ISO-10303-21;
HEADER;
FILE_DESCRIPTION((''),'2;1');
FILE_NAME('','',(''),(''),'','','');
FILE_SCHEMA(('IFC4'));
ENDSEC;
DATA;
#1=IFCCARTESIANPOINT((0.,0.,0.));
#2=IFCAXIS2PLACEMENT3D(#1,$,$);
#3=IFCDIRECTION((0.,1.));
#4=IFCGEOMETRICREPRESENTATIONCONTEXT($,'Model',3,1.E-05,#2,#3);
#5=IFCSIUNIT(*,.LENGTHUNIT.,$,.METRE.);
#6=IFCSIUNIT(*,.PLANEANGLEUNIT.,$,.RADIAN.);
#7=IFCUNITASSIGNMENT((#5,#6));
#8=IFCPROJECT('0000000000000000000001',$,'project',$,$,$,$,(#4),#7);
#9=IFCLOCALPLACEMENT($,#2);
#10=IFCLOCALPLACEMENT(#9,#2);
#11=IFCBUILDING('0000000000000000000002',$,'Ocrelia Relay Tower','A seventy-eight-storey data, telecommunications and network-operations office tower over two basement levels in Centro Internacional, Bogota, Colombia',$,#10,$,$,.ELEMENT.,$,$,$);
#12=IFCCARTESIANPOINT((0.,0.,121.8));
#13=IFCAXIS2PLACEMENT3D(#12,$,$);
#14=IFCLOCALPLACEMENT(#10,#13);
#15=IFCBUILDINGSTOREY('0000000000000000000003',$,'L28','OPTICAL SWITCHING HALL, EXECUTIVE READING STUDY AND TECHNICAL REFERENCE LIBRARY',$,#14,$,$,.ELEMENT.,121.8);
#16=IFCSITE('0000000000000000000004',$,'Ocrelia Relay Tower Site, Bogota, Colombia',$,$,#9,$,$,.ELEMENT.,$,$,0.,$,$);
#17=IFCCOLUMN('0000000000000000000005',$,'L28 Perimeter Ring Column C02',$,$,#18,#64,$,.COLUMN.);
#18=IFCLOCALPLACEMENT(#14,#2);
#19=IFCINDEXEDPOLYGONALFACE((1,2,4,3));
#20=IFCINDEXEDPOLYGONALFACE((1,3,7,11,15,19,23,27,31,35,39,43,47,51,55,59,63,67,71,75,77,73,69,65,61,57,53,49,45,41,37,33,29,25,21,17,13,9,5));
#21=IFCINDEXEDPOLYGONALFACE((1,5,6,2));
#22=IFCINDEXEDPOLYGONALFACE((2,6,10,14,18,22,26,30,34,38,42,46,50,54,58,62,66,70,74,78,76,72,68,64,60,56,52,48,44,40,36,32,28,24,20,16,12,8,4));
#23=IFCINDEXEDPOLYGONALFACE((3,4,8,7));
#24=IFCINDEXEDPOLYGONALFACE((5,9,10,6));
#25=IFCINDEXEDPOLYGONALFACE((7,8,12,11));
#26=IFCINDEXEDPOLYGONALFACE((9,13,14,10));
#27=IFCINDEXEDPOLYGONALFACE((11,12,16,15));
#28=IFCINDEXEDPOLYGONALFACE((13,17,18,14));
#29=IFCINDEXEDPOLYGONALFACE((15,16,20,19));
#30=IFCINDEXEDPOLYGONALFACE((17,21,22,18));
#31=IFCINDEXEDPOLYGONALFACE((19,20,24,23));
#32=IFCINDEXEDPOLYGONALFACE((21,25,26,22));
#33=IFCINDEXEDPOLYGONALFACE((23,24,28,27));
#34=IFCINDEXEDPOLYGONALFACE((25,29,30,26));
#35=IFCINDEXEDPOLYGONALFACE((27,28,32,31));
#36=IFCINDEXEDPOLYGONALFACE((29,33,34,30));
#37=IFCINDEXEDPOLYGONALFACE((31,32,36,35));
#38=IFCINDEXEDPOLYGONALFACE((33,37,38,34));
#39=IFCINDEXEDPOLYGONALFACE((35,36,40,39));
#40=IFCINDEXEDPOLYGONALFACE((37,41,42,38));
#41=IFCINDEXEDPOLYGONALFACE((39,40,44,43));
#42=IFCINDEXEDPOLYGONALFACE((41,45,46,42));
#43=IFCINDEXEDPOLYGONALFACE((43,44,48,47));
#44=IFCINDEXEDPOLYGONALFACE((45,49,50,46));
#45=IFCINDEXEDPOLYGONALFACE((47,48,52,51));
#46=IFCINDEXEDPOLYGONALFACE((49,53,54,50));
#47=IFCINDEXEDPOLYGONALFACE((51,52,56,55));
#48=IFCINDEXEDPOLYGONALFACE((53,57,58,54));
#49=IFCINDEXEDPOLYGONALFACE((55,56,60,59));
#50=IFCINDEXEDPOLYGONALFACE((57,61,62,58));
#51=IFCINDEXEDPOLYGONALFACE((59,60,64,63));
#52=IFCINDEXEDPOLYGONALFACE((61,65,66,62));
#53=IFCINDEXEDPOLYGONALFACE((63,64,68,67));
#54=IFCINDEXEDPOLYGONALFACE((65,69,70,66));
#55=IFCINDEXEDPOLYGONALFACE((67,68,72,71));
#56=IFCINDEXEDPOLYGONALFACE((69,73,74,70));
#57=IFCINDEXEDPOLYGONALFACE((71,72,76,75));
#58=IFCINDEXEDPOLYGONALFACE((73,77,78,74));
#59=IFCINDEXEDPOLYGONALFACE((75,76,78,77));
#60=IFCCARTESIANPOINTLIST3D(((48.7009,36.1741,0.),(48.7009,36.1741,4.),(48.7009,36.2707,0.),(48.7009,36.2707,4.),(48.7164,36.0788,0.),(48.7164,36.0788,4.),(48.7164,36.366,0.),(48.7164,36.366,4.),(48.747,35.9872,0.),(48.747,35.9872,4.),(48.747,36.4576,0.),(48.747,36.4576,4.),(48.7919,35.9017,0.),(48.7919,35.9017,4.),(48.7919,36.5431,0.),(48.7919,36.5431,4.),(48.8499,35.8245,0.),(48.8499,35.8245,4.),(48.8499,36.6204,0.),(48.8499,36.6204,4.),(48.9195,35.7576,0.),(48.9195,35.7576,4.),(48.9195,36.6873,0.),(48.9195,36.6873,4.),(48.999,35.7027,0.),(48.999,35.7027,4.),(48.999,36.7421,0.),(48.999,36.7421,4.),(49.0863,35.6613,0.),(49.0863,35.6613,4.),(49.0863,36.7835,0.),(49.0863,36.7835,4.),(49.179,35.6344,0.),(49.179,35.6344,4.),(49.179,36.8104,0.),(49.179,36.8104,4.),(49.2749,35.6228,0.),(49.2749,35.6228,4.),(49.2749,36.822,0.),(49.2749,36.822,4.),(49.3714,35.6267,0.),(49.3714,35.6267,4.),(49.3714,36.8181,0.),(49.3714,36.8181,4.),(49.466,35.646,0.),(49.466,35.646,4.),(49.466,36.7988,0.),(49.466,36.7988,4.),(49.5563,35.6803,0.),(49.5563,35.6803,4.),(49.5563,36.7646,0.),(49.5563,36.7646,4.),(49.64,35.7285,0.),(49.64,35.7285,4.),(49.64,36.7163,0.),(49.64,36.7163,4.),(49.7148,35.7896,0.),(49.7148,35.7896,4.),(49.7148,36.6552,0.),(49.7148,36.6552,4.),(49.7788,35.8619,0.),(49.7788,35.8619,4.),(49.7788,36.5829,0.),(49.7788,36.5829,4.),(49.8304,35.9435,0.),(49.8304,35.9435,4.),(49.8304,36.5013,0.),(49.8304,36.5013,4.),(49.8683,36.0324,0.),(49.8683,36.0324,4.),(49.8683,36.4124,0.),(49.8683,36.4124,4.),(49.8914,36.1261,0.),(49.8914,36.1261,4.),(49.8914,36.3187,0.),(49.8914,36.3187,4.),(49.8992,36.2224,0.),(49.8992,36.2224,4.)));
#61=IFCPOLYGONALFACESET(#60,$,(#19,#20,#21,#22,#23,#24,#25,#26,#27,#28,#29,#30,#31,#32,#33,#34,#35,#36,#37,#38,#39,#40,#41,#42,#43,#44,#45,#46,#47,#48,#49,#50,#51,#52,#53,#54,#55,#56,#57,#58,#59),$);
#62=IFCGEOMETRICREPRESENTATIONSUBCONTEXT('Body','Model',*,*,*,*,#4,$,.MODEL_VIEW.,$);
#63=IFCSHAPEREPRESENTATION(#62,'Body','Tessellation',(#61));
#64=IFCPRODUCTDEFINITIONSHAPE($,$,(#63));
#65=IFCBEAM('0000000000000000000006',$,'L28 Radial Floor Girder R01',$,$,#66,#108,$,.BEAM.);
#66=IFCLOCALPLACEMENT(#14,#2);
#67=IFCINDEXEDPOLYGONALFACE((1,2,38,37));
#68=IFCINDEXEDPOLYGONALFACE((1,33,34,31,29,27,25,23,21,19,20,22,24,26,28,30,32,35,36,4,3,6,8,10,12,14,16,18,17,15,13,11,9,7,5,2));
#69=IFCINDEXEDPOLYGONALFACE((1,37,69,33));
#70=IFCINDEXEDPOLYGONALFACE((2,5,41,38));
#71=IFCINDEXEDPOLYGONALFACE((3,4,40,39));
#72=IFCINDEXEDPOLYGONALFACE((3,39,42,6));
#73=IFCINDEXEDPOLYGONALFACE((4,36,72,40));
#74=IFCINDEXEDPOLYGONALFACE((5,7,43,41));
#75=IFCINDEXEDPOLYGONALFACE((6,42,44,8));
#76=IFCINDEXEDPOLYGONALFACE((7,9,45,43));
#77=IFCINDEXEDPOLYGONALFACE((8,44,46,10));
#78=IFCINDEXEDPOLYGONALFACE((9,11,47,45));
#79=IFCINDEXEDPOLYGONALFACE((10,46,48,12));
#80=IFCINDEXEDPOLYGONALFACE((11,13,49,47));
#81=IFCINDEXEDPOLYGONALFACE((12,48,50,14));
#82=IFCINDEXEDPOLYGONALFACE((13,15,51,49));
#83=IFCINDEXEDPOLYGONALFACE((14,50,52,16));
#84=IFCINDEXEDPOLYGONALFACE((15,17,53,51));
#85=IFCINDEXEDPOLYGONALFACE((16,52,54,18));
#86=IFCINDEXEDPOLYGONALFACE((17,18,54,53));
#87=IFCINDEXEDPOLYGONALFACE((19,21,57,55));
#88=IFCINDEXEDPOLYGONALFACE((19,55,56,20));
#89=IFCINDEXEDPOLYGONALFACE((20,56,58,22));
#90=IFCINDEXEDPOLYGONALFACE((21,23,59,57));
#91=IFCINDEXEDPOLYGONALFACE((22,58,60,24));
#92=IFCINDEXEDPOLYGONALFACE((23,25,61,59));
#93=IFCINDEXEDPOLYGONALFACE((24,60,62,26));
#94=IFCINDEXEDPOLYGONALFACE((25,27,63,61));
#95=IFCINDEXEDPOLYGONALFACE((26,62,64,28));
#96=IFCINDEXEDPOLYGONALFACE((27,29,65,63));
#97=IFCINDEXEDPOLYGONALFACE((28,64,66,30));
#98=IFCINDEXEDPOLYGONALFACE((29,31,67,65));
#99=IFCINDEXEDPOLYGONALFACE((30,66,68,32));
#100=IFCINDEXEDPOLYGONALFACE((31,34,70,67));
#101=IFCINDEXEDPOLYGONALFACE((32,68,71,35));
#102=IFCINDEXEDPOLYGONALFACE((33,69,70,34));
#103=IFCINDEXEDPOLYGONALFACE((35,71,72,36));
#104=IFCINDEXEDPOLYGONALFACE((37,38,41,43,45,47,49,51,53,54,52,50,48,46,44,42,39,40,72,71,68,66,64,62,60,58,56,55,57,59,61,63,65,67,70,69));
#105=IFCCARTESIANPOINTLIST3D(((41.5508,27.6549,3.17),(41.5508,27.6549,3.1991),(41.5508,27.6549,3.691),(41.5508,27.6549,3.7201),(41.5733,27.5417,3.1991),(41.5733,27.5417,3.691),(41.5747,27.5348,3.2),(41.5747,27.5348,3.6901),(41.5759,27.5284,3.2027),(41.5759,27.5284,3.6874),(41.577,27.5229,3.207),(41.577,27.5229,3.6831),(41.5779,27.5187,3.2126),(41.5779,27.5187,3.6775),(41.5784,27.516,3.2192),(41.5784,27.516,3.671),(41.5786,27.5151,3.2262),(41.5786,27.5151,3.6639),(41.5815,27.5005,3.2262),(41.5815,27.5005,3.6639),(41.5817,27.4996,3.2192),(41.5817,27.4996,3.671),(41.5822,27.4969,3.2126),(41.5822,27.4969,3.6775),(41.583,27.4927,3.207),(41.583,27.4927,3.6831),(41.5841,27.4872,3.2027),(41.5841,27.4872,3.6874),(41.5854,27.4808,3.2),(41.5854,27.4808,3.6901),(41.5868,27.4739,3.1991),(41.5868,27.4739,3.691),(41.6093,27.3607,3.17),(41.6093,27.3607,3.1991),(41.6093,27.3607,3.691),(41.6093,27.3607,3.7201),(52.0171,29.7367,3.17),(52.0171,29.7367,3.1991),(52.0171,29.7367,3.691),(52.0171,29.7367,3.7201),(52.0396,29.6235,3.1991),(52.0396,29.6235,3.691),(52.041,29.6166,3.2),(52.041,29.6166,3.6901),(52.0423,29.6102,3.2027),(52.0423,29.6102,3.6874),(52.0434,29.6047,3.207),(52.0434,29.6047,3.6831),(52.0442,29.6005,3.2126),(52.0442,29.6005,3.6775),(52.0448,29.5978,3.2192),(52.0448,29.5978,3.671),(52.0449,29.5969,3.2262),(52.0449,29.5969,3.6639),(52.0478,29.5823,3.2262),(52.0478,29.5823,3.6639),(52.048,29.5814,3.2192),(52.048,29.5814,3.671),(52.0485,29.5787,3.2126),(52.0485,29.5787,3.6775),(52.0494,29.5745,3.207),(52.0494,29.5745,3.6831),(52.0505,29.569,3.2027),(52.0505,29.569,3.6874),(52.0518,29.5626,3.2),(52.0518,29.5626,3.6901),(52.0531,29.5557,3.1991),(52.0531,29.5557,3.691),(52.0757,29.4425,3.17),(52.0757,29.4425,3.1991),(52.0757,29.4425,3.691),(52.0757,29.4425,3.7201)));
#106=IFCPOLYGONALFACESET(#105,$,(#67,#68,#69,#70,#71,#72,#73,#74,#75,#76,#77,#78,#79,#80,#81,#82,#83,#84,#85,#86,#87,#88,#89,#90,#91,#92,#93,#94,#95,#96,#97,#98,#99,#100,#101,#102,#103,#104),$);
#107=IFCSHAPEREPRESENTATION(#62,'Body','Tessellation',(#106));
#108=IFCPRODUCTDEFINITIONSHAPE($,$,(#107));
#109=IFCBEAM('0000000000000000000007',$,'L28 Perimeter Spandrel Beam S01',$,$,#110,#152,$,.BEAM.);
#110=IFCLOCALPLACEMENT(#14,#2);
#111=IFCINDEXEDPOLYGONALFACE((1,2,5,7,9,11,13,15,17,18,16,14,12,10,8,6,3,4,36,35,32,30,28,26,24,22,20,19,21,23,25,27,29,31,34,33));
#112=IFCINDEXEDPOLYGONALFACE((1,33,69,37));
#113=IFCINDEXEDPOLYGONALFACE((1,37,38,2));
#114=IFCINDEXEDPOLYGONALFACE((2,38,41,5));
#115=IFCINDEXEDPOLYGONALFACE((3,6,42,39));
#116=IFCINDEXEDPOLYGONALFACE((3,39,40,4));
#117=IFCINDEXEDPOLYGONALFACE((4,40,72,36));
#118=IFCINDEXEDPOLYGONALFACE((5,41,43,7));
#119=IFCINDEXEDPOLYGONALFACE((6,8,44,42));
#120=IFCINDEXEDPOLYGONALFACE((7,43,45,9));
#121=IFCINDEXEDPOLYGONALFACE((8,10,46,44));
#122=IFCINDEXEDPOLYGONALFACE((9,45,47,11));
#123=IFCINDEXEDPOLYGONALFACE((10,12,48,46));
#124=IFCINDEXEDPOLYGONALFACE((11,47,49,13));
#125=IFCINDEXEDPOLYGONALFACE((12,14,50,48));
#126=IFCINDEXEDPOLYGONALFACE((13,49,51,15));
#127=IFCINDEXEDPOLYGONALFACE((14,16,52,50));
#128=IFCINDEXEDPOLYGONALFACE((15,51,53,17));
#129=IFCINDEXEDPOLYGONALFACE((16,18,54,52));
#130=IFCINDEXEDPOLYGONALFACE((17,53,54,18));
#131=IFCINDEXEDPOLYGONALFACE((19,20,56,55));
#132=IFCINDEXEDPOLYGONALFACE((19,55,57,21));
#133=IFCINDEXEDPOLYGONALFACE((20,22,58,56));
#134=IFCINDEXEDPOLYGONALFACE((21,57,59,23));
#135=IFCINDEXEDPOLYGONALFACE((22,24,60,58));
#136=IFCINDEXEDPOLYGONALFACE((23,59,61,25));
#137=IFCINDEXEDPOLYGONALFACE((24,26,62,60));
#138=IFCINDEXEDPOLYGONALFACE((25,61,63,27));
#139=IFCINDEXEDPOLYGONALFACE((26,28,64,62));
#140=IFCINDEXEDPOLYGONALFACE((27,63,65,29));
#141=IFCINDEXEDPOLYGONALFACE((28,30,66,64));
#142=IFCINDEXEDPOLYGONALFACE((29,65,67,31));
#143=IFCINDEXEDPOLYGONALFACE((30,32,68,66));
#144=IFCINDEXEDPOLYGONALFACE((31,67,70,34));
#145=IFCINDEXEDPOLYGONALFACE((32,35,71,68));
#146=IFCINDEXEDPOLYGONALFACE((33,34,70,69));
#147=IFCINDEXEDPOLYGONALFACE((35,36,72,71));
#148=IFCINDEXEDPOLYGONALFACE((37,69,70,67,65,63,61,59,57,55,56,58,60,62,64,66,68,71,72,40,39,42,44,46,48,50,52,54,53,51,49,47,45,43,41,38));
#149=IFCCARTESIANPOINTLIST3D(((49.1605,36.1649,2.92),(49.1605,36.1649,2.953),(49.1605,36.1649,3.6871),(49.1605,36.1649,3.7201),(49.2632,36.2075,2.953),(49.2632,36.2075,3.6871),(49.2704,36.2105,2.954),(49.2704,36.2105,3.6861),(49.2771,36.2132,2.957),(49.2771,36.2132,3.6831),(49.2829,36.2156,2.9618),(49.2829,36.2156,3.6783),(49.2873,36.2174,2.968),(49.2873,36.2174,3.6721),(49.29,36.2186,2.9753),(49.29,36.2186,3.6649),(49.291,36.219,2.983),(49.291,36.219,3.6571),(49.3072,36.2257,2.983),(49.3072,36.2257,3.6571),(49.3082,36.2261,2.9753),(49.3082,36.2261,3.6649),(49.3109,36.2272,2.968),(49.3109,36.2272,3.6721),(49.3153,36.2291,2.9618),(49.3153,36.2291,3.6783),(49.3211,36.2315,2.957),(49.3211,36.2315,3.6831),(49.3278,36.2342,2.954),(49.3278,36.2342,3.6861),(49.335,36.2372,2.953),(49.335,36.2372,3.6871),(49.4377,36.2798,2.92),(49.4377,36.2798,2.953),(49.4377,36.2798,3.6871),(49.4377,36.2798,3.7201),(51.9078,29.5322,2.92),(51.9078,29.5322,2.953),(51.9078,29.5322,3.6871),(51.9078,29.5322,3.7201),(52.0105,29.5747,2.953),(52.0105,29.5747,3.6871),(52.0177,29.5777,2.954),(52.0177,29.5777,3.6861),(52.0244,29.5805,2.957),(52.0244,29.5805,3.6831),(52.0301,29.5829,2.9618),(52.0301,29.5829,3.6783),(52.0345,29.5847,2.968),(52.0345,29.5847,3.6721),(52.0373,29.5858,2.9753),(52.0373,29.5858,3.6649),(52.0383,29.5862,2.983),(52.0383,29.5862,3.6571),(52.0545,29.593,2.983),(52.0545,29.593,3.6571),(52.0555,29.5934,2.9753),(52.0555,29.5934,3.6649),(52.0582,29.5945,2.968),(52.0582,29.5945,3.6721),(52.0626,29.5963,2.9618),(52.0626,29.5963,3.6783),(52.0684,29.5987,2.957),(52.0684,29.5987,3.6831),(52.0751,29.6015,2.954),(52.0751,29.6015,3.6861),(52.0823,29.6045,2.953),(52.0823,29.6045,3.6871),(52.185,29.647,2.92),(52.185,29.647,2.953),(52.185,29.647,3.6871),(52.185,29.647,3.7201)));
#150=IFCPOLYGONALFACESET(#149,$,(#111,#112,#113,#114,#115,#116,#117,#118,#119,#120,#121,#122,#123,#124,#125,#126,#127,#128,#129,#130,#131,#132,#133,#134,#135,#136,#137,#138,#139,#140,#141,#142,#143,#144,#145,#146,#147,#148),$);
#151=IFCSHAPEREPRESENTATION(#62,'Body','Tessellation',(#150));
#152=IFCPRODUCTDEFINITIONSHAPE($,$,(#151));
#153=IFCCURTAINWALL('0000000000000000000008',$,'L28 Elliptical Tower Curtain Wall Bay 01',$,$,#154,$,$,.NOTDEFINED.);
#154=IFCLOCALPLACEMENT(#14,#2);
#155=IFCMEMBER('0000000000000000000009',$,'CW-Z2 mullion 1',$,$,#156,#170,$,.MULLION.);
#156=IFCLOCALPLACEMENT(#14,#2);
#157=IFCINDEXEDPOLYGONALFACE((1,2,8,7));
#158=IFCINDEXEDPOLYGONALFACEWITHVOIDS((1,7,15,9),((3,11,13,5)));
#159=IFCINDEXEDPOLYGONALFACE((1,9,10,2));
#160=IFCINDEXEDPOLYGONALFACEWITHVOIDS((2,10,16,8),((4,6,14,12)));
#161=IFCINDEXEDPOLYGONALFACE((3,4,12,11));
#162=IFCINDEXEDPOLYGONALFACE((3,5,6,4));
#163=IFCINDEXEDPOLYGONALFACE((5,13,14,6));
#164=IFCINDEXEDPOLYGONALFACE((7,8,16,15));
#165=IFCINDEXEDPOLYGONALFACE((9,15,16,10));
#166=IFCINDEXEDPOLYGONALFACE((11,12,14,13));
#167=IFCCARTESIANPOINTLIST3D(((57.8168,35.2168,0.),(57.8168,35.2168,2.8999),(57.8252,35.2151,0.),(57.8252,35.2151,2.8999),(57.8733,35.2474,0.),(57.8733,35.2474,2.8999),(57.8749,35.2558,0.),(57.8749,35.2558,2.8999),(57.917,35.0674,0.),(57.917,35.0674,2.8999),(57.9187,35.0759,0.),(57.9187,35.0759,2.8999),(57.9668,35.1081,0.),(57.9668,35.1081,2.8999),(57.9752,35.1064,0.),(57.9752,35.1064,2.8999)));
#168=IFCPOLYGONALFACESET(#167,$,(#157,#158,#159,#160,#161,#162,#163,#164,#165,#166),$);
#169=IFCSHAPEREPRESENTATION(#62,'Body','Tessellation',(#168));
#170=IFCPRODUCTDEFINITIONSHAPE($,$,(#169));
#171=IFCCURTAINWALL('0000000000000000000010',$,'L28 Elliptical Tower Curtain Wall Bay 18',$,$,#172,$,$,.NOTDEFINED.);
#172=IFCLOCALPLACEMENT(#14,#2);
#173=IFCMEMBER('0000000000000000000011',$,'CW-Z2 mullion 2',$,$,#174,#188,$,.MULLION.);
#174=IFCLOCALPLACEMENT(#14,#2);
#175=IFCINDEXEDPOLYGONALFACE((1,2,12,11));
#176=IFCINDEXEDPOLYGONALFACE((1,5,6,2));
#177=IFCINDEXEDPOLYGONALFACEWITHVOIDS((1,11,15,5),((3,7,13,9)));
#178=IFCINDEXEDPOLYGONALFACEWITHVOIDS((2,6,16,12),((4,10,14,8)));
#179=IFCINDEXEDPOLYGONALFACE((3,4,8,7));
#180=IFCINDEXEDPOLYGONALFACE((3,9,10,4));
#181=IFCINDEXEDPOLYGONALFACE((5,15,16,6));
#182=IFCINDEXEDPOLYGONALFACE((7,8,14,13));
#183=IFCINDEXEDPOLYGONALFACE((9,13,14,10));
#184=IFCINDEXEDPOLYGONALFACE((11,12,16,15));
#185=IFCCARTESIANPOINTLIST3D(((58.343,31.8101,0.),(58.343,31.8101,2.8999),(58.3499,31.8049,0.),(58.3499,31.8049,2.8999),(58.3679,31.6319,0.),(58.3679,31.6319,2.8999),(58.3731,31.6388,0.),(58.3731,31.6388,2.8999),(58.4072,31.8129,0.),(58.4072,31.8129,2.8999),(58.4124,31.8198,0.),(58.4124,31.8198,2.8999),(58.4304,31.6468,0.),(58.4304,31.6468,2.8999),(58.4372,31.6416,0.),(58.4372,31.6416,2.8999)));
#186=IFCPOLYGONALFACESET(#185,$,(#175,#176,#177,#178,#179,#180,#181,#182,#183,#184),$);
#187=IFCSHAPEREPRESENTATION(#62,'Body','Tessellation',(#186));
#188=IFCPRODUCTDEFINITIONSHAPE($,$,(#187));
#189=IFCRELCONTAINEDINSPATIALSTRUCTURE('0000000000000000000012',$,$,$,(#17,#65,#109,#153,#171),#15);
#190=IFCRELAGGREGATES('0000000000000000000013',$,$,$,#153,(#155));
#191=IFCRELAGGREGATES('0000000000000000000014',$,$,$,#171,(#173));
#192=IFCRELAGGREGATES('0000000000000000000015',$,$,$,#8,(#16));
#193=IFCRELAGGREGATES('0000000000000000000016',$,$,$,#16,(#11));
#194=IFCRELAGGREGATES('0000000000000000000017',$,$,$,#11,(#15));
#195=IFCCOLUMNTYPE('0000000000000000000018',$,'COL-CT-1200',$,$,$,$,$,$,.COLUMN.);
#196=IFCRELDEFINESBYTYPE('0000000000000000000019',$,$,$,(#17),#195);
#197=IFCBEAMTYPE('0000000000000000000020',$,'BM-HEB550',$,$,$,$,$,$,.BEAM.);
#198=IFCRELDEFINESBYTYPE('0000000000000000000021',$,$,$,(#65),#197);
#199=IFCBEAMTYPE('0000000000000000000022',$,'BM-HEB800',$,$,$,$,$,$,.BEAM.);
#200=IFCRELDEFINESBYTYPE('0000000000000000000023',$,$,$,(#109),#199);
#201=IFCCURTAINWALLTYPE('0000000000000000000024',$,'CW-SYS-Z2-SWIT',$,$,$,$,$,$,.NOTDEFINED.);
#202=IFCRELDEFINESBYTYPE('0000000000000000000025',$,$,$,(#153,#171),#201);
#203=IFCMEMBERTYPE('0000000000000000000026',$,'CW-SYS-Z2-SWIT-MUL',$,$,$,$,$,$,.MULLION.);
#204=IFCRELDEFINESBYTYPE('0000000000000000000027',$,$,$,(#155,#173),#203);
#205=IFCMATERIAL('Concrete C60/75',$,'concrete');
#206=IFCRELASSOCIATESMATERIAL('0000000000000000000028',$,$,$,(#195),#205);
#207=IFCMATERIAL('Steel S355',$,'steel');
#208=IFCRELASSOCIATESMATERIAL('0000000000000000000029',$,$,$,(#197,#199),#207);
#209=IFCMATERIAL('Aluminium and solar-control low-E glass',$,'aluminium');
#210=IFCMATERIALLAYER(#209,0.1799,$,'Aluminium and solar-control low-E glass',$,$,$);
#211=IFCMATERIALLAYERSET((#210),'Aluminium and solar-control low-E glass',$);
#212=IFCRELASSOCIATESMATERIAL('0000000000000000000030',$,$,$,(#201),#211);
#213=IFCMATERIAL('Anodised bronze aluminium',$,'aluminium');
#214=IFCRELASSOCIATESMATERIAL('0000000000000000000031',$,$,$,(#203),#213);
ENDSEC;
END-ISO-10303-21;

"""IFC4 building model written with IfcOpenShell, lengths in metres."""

from ifc_helpers import new_model, si_unit, direction, frame, origin, origin_2d, place, context, subcontext, project, spatial, hollow_rectangle, circle, i_section, extrude, material, layer, layer_set, material_profile, profile_set, type_object, element, aggregate, save


model = new_model("IFC4")

# Units and contexts
model_context = context("Model", 3, precision=1e-05, world=origin(), true_north=direction((0.0, 1.0)))
body_context = subcontext(model_context, "Body", "Model", "MODEL_VIEW")
ifc_project = project(units=[si_unit("LENGTHUNIT", "METRE"), si_unit("PLANEANGLEUNIT", "RADIAN")], contexts=[model_context])

# Site, building, storey
site_placement = place(None, origin())
site = spatial("IfcSite", under=ifc_project, at=site_placement, Name="Ocrelia Relay Tower Site, Bogota, Colombia", CompositionType="ELEMENT", RefElevation=0.0)
building_placement = place(site_placement, origin())
building = spatial("IfcBuilding", under=site, at=building_placement, Name="Ocrelia Relay Tower", Description="A seventy-eight-storey data, telecommunications and network-operations office tower over two basement levels in Centro Internacional, Bogota, Colombia", CompositionType="ELEMENT")
storey_placement = place(building_placement, frame((0.0, 0.0, 121.8)))
storey = spatial("IfcBuildingStorey", under=building, at=storey_placement, Name="L28", Description="OPTICAL SWITCHING HALL, EXECUTIVE READING STUDY AND TECHNICAL REFERENCE LIBRARY", CompositionType="ELEMENT", Elevation=121.8)

# Column
ifc_material_1 = material(Name="Concrete C60/75", Category="concrete")
ifc_material_profile_1 = material_profile(ifc_material_1, circle(Radius=0.6001, at=origin_2d()), Name="RC-CIR-1200")
ifc_profile_set_1 = profile_set([ifc_material_profile_1], Name="Concrete C60/75")
column_type = type_object("IfcColumnType", Name="COL-CT-1200", PredefinedType="COLUMN", material=ifc_profile_set_1)
column_placement = place(storey_placement, frame((49.2991, 36.2224, 0.0), z_axis=(0.0, 0.0, 1.0), x_axis=(1.0, 0.0, 0.0)))
element("IfcColumn", 1, at=column_placement, inside=storey, type_object=column_type, Name="L28 Perimeter Ring Column C02", PredefinedType="COLUMN", context=body_context, shape_type="SweptSolid", body=[
    extrude(circle(Radius=0.6001, at=origin_2d()), origin(), (0.0, 0.0, 1.0), 4.0),
])

# Beams
ifc_material_2 = material(Name="Steel S355", Category="steel")
ifc_material_profile_2 = material_profile(ifc_material_2, i_section(OverallWidth=0.3, OverallDepth=0.55, WebThickness=0.0149, FlangeThickness=0.0291, FilletRadius=0.0271, at=origin_2d()), Name="HEB 550")
ifc_profile_set_2 = profile_set([ifc_material_profile_2], Name="Steel S355")
beam_type_1 = type_object("IfcBeamType", Name="BM-HEB550", PredefinedType="BEAM", material=ifc_profile_set_2)
beam_1_placement = place(storey_placement, frame((52.0464, 29.5896, 3.4451), z_axis=(-0.980787, -0.195082, 0.0), x_axis=(0.195082, -0.980787, 0.0)))
element("IfcBeam", 2, at=beam_1_placement, inside=storey, type_object=beam_type_1, Name="L28 Radial Floor Girder R01", PredefinedType="BEAM", context=body_context, shape_type="SweptSolid", body=[
    extrude(i_section(OverallWidth=0.3, OverallDepth=0.55, WebThickness=0.0149, FlangeThickness=0.0291, FilletRadius=0.0271, at=origin_2d()), origin(), (0.0, 0.0, 1.0), 10.6714),
])
ifc_material_profile_3 = material_profile(ifc_material_2, i_section(OverallWidth=0.3, OverallDepth=0.8, WebThickness=0.0176, FlangeThickness=0.033, FilletRadius=0.03, at=origin_2d()), Name="HEB 800")
ifc_profile_set_3 = profile_set([ifc_material_profile_3], Name="Steel S355")
beam_type_2 = type_object("IfcBeamType", Name="BM-HEB800", PredefinedType="BEAM", material=ifc_profile_set_3)
beam_2_placement = place(storey_placement, frame((52.0464, 29.5896, 3.3201), z_axis=(-0.382673, 0.923884, 0.0), x_axis=(-0.923884, -0.382673, 0.0)))
element("IfcBeam", 3, at=beam_2_placement, inside=storey, type_object=beam_type_2, Name="L28 Perimeter Spandrel Beam S01", PredefinedType="BEAM", context=body_context, shape_type="SweptSolid", body=[
    extrude(i_section(OverallWidth=0.3, OverallDepth=0.8, WebThickness=0.0176, FlangeThickness=0.033, FilletRadius=0.03, at=origin_2d()), origin(), (0.0, 0.0, 1.0), 7.1792),
])

# Curtain wall, member
ifc_material_3 = material(Name="Aluminium and solar-control low-E glass", Category="aluminium")
ifc_layer_1 = layer(ifc_material_3, 0.1799, Name="Aluminium and solar-control low-E glass")
ifc_layer_set_1 = layer_set([ifc_layer_1], Name="Aluminium and solar-control low-E glass")
curtain_wall_type = type_object("IfcCurtainWallType", Name="CW-SYS-Z2-SWIT", PredefinedType="NOTDEFINED", material=ifc_layer_set_1)
curtain_wall_1_placement = place(storey_placement, origin())
curtain_wall_1 = element("IfcCurtainWall", 4, at=curtain_wall_1_placement, inside=storey, type_object=curtain_wall_type, Name="L28 Elliptical Tower Curtain Wall Bay 01", PredefinedType="NOTDEFINED")
ifc_material_4 = material(Name="Anodised bronze aluminium", Category="aluminium")
ifc_material_profile_4 = material_profile(ifc_material_4, hollow_rectangle(XDim=0.0701, YDim=0.1799, WallThickness=0.0061, at=origin_2d()), Name="CW-MUL-180x70")
ifc_profile_set_4 = profile_set([ifc_material_profile_4], Name="Anodised bronze aluminium")
member_type_1 = type_object("IfcMemberType", Name="CW-SYS-Z2-SWIT-MUL", PredefinedType="MULLION", material=ifc_profile_set_4)
member_1_placement = place(storey_placement, frame((57.896, 35.1616, 0.0), z_axis=(0.0, 0.0, 1.0), x_axis=(-0.830313, -0.557297, 0.0)))
member_1 = element("IfcMember", 5, at=member_1_placement, type_object=member_type_1, Name="CW-Z2 mullion 1", PredefinedType="MULLION", context=body_context, shape_type="SweptSolid", body=[
    extrude(hollow_rectangle(XDim=0.0701, YDim=0.1799, WallThickness=0.0061, at=origin_2d()), origin(), (0.0, 0.0, 1.0), 2.8999),
])

# Curtain wall, member
curtain_wall_2_placement = place(storey_placement, origin())
curtain_wall_2 = element("IfcCurtainWall", 6, at=curtain_wall_2_placement, inside=storey, type_object=curtain_wall_type, Name="L28 Elliptical Tower Curtain Wall Bay 18", PredefinedType="NOTDEFINED")
member_2_placement = place(storey_placement, frame((58.3901, 31.7258, 0.0), z_axis=(0.0, 0.0, 1.0), x_axis=(-0.990435, -0.137983, 0.0)))
member_2 = element("IfcMember", 7, at=member_2_placement, type_object=member_type_1, Name="CW-Z2 mullion 2", PredefinedType="MULLION", context=body_context, shape_type="SweptSolid", body=[
    extrude(hollow_rectangle(XDim=0.0701, YDim=0.1799, WallThickness=0.0061, at=origin_2d()), origin(), (0.0, 0.0, 1.0), 2.8999),
])

aggregate(curtain_wall_1, [member_1])

aggregate(curtain_wall_2, [member_2])

save(model, "model.ifc")
